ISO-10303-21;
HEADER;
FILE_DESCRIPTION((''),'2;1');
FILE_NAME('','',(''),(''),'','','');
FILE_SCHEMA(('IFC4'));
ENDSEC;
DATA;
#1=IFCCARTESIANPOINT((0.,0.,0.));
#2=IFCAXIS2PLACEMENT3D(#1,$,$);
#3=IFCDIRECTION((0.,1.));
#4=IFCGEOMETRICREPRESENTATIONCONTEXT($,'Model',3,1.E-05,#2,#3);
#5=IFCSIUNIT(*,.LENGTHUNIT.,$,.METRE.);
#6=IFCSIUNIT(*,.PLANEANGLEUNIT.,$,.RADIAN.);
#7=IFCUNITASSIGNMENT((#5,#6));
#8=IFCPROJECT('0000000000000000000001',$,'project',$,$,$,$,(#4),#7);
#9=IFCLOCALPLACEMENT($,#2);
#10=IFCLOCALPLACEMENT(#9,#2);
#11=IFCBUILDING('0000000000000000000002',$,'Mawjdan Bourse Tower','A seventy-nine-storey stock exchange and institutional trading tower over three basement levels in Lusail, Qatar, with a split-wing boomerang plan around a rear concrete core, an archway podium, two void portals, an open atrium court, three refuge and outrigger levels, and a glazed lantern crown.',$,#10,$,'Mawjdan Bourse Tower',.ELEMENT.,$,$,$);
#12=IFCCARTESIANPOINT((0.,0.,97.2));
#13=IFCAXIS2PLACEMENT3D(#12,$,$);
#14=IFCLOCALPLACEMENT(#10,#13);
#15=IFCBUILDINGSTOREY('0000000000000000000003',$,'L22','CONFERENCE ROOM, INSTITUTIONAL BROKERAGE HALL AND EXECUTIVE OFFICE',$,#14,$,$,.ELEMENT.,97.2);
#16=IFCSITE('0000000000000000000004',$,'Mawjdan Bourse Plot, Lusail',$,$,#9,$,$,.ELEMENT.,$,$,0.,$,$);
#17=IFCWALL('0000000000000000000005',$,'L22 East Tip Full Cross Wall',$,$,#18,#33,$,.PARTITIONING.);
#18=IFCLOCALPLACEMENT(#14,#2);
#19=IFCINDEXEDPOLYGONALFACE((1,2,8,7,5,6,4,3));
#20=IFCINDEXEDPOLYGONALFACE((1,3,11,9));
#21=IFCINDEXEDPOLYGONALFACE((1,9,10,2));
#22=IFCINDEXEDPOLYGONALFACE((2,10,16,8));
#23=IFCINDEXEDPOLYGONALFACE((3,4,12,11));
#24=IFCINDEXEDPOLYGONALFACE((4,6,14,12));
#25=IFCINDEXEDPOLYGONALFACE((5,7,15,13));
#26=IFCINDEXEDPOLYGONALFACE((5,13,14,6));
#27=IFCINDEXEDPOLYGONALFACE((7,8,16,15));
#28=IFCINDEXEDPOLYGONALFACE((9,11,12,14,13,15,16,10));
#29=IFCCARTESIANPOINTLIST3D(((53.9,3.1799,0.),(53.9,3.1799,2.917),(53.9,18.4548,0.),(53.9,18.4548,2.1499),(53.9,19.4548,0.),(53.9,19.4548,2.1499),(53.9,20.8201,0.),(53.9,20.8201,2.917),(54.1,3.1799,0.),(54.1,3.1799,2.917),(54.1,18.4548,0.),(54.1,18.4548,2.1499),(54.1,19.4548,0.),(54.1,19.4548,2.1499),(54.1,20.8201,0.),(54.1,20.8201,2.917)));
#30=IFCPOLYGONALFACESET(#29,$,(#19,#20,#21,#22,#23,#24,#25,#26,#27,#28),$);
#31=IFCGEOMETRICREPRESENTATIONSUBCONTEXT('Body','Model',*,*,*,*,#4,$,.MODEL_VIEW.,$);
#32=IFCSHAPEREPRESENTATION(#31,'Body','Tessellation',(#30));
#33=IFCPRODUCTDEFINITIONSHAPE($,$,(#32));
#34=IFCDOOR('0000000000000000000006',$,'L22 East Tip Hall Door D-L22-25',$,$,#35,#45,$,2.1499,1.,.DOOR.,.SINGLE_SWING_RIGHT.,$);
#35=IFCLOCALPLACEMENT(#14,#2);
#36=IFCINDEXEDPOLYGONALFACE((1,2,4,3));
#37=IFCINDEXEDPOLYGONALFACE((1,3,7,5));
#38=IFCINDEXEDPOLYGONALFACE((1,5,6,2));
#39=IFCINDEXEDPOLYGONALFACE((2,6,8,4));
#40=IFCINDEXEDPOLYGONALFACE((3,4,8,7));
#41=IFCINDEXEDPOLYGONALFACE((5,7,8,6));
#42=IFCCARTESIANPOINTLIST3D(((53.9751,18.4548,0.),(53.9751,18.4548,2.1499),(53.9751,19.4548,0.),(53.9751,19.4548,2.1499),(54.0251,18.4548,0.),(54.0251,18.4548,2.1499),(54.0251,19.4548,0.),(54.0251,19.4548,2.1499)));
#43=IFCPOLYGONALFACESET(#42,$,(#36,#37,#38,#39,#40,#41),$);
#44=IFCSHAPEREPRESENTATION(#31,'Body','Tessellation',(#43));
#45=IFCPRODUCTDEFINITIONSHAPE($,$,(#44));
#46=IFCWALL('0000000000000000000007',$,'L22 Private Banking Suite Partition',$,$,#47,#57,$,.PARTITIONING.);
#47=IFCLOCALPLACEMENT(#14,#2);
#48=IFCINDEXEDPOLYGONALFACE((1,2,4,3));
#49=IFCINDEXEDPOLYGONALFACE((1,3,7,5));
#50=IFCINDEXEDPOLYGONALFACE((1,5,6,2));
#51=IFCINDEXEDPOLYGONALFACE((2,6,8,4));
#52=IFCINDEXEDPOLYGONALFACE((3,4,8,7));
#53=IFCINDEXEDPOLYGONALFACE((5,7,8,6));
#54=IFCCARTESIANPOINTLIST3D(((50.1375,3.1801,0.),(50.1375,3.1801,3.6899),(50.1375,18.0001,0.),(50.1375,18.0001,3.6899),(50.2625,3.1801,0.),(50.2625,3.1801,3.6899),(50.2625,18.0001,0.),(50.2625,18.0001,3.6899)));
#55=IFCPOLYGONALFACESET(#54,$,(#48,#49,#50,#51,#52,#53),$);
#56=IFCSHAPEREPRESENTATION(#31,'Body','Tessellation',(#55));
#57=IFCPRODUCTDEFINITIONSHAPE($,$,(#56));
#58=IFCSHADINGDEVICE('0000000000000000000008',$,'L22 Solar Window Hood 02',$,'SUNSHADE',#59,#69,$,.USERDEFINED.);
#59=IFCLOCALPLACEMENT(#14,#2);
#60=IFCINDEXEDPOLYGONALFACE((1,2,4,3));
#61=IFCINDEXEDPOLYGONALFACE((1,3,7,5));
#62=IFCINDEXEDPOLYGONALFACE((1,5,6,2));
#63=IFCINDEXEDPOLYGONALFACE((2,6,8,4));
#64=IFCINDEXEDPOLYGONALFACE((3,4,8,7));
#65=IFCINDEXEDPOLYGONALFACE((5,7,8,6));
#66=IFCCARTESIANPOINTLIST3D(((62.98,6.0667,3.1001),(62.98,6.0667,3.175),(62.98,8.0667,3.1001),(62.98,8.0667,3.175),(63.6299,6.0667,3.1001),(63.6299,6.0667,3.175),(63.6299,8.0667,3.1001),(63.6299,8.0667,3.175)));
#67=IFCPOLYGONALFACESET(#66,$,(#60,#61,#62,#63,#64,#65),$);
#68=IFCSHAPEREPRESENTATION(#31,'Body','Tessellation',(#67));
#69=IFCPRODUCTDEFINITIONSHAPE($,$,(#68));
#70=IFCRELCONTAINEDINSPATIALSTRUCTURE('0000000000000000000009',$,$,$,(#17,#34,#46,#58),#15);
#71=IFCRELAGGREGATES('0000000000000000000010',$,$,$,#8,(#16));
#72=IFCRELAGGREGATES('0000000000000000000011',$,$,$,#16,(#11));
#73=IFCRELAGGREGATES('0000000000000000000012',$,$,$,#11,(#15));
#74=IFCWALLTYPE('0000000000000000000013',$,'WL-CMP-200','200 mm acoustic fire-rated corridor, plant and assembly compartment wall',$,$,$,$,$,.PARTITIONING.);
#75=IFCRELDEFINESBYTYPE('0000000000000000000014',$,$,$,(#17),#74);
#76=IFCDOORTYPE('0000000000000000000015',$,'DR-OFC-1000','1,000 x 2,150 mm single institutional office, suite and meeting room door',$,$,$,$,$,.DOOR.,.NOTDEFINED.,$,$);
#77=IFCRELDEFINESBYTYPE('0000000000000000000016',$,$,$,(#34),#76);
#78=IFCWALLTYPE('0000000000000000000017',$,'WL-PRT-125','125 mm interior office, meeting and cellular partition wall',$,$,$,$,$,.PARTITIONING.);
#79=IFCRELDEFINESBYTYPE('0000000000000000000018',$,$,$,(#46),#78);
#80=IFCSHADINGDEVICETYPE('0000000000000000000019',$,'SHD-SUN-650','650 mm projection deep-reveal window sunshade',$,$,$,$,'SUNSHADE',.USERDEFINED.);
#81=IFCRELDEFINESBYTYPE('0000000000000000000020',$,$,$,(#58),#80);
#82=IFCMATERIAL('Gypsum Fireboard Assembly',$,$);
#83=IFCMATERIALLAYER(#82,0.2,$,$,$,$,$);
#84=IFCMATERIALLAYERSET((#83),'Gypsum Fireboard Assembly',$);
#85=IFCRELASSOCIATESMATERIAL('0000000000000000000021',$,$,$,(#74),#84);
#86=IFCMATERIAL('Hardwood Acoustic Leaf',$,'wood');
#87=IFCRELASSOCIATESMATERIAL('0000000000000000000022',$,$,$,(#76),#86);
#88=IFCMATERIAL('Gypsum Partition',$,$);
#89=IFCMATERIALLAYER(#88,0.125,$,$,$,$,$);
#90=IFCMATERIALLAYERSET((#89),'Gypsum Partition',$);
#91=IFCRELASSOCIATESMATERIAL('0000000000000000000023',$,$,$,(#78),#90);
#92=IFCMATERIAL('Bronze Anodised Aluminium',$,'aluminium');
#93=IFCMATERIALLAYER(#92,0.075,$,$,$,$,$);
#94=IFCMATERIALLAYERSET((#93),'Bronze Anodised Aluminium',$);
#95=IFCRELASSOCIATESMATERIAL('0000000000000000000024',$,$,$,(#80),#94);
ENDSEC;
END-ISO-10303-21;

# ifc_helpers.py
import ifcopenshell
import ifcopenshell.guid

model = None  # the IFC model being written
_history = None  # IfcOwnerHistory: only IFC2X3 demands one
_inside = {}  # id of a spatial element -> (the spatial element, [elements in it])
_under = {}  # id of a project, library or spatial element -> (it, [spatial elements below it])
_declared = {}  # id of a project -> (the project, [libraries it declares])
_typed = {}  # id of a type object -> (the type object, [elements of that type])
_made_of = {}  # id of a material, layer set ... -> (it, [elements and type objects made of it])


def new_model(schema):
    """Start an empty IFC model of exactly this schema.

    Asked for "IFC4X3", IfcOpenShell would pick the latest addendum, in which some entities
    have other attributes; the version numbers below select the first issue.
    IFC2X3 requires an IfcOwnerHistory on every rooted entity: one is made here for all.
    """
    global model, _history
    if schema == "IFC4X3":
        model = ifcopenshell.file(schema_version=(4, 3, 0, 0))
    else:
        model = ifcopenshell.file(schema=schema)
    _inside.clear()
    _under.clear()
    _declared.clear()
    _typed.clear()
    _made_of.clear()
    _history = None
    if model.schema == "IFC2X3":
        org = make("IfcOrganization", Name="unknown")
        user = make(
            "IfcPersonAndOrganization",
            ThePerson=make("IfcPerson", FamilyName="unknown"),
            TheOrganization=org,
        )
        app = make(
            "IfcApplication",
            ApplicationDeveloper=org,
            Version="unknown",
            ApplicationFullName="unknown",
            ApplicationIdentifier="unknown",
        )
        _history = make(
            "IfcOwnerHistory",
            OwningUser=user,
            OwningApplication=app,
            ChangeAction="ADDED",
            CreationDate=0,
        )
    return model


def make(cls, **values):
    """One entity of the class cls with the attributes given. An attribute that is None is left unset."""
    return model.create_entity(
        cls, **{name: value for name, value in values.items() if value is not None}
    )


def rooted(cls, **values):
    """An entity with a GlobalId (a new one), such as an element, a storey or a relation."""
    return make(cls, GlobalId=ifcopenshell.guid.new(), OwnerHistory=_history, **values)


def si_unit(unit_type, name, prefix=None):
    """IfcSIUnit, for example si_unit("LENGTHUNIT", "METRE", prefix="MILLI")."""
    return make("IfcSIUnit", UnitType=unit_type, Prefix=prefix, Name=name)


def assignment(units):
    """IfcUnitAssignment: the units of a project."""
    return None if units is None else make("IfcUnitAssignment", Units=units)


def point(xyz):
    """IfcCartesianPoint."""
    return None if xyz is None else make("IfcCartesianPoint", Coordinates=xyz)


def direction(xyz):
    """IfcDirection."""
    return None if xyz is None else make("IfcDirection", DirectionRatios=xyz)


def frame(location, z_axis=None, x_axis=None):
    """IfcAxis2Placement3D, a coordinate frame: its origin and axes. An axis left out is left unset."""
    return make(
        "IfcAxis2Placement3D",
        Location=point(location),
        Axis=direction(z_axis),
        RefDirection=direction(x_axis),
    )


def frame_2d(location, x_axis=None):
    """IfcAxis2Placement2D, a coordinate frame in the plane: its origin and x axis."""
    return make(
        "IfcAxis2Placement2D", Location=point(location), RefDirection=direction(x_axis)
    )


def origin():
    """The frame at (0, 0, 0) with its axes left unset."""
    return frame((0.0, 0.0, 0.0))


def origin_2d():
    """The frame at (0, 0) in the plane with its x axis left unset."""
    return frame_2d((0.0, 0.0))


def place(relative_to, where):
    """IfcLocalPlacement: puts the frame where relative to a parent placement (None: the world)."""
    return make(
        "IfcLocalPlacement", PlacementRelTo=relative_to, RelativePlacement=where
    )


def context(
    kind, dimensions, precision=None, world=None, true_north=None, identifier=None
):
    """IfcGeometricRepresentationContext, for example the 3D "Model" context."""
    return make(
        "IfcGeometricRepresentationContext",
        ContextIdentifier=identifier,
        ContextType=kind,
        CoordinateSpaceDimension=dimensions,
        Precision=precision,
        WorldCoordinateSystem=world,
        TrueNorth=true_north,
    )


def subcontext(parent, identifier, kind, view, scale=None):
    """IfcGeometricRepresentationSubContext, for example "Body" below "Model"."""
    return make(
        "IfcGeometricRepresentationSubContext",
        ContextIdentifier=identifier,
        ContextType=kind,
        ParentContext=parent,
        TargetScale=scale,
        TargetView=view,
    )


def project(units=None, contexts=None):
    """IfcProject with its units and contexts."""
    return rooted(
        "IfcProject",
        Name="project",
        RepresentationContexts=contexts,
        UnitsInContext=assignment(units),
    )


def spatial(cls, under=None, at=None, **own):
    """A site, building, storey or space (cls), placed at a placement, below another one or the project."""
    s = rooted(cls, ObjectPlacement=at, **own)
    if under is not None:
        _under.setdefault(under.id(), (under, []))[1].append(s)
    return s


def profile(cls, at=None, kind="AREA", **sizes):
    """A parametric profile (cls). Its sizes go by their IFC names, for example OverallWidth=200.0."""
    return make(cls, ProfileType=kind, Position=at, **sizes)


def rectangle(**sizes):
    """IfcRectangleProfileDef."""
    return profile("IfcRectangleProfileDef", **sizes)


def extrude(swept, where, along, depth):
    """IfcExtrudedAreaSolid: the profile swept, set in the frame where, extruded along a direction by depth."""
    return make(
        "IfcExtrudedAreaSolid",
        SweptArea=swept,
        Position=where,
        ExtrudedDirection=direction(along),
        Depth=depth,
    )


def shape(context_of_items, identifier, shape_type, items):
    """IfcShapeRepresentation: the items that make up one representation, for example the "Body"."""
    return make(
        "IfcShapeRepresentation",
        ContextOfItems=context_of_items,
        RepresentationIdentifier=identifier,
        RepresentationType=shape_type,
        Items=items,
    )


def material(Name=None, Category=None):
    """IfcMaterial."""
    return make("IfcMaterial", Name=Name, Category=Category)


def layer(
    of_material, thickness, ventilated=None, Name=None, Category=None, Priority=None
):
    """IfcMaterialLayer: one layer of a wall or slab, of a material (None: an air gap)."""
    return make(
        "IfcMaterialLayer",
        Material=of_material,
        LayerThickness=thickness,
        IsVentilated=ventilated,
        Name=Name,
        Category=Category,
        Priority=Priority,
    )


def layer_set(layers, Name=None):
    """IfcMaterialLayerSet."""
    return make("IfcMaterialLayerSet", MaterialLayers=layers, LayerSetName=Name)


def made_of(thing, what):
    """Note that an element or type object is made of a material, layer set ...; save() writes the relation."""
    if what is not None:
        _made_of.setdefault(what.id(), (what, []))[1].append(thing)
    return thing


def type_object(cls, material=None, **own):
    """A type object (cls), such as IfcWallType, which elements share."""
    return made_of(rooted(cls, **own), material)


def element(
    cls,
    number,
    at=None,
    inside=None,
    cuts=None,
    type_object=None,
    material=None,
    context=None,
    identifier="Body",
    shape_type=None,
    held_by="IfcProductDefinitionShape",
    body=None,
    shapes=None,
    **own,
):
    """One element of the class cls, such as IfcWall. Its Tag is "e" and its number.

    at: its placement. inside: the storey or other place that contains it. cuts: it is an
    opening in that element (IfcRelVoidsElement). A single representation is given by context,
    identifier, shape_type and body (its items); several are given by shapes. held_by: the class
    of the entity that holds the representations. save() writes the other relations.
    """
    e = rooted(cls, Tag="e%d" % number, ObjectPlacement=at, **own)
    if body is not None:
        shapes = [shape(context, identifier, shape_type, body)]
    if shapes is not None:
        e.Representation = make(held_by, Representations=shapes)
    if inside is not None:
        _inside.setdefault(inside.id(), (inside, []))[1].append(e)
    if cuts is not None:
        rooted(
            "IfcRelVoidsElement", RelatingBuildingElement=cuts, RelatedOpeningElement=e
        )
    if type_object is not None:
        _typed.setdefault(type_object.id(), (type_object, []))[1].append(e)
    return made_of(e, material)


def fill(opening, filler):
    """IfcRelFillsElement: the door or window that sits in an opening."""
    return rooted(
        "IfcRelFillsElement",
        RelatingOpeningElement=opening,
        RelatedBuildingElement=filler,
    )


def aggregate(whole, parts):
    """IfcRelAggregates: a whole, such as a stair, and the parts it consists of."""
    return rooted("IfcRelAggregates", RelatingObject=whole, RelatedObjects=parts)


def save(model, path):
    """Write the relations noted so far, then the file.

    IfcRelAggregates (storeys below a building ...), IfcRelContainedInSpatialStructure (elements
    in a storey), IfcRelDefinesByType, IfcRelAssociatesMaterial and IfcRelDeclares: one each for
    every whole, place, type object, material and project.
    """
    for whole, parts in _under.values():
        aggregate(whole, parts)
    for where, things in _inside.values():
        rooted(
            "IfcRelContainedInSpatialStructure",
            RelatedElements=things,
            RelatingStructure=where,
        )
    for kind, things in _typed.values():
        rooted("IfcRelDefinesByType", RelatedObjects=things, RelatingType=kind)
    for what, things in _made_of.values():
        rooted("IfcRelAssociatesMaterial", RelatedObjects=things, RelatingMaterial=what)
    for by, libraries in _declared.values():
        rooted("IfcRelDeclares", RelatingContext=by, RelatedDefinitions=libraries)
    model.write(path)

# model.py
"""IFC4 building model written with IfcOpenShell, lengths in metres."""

from ifc_helpers import new_model, si_unit, direction, frame, frame_2d, origin, origin_2d, place, context, subcontext, project, spatial, rectangle, extrude, material, layer, layer_set, type_object, element, fill, save


model = new_model("IFC4")

# Units and contexts
model_context = context("Model", 3, precision=1e-05, world=origin(), true_north=direction((0.0, 1.0)))
body_context = subcontext(model_context, "Body", "Model", "MODEL_VIEW")
ifc_project = project(units=[si_unit("LENGTHUNIT", "METRE"), si_unit("PLANEANGLEUNIT", "RADIAN")], contexts=[model_context])

# Site, building, storey
site_placement = place(None, origin())
site = spatial("IfcSite", under=ifc_project, at=site_placement, Name="Mawjdan Bourse Plot, Lusail", CompositionType="ELEMENT", RefElevation=0.0)
building_placement = place(site_placement, origin())
building = spatial("IfcBuilding", under=site, at=building_placement, Name="Mawjdan Bourse Tower", Description="A seventy-nine-storey stock exchange and institutional trading tower over three basement levels in Lusail, Qatar, with a split-wing boomerang plan around a rear concrete core, an archway podium, two void portals, an open atrium court, three refuge and outrigger levels, and a glazed lantern crown.", LongName="Mawjdan Bourse Tower", CompositionType="ELEMENT")
storey_placement = place(building_placement, frame((0.0, 0.0, 97.2)))
storey = spatial("IfcBuildingStorey", under=building, at=storey_placement, Name="L22", Description="CONFERENCE ROOM, INSTITUTIONAL BROKERAGE HALL AND EXECUTIVE OFFICE", CompositionType="ELEMENT", Elevation=97.2)

# Wall, opening, door
ifc_material_1 = material(Name="Gypsum Fireboard Assembly")
ifc_layer_1 = layer(ifc_material_1, 0.2)
ifc_layer_set_1 = layer_set([ifc_layer_1], Name="Gypsum Fireboard Assembly")
wall_type_1 = type_object("IfcWallType", Name="WL-CMP-200", Description="200 mm acoustic fire-rated corridor, plant and assembly compartment wall", PredefinedType="PARTITIONING", material=ifc_layer_set_1)
wall_1_placement = place(storey_placement, frame((54.0, 3.1799, 0.0), z_axis=(0.0, 0.0, 1.0), x_axis=(0.0, 1.0, 0.0)))
wall_1 = element("IfcWall", 1, at=wall_1_placement, inside=storey, type_object=wall_type_1, Name="L22 East Tip Full Cross Wall", PredefinedType="PARTITIONING", context=body_context, shape_type="SweptSolid", body=[
    extrude(rectangle(XDim=17.6401, YDim=0.2, at=frame_2d((8.8201, 0.0))), origin(), (0.0, 0.0, 1.0), 2.917),
])
opening_1_placement = place(wall_1_placement, frame((15.2749, 0.0, 0.0)))
opening_1 = element("IfcOpeningElement", 2, at=opening_1_placement, cuts=wall_1, PredefinedType="OPENING", context=body_context, shape_type="SweptSolid", body=[
    extrude(rectangle(XDim=1.0, YDim=2.1499, at=frame_2d((0.5, 1.075))), frame((0.0, 0.1099, 0.0), z_axis=(0.0, -1.0, 0.0), x_axis=(1.0, 0.0, 0.0)), (0.0, 0.0, 1.0), 0.22),
])
ifc_material_2 = material(Name="Hardwood Acoustic Leaf", Category="wood")
door_type = type_object("IfcDoorType", Name="DR-OFC-1000", Description="1,000 x 2,150 mm single institutional office, suite and meeting room door", OperationType="NOTDEFINED", PredefinedType="DOOR", material=ifc_material_2)
door_placement = place(opening_1_placement, origin())
door = element("IfcDoor", 3, at=door_placement, inside=storey, type_object=door_type, Name="L22 East Tip Hall Door D-L22-25", OperationType="SINGLE_SWING_RIGHT", OverallHeight=2.1499, OverallWidth=1.0, PredefinedType="DOOR", context=body_context, shape_type="SweptSolid", body=[
    extrude(rectangle(XDim=1.0, YDim=2.1499, at=frame_2d((0.5, 1.075))), frame((0.0, 0.0249, 0.0), z_axis=(0.0, -1.0, 0.0), x_axis=(1.0, 0.0, 0.0)), (0.0, 0.0, 1.0), 0.05),
])
fill(opening_1, door)

# Wall
ifc_material_3 = material(Name="Gypsum Partition")
ifc_layer_2 = layer(ifc_material_3, 0.125)
ifc_layer_set_2 = layer_set([ifc_layer_2], Name="Gypsum Partition")
wall_type_2 = type_object("IfcWallType", Name="WL-PRT-125", Description="125 mm interior office, meeting and cellular partition wall", PredefinedType="PARTITIONING", material=ifc_layer_set_2)
wall_2_placement = place(storey_placement, frame((50.2, 3.1799, 0.0), z_axis=(0.0, 0.0, 1.0), x_axis=(0.0, 1.0, 0.0)))
element("IfcWall", 4, at=wall_2_placement, inside=storey, type_object=wall_type_2, Name="L22 Private Banking Suite Partition", PredefinedType="PARTITIONING", context=body_context, shape_type="SweptSolid", body=[
    extrude(rectangle(XDim=14.8201, YDim=0.125, at=frame_2d((7.4102, 0.0))), origin(), (0.0, 0.0, 1.0), 3.6899),
])

# Shading device
ifc_material_4 = material(Name="Bronze Anodised Aluminium", Category="aluminium")
ifc_layer_3 = layer(ifc_material_4, 0.075)
ifc_layer_set_3 = layer_set([ifc_layer_3], Name="Bronze Anodised Aluminium")
shading_device_type = type_object("IfcShadingDeviceType", Name="SHD-SUN-650", Description="650 mm projection deep-reveal window sunshade", ElementType="SUNSHADE", PredefinedType="USERDEFINED", material=ifc_layer_set_3)
shading_device_placement = place(storey_placement, frame((63.3049, 7.0667, 3.1001), z_axis=(0.0, 0.0, 1.0), x_axis=(0.0, 1.0, 0.0)))
element("IfcShadingDevice", 5, at=shading_device_placement, inside=storey, type_object=shading_device_type, Name="L22 Solar Window Hood 02", ObjectType="SUNSHADE", PredefinedType="USERDEFINED", context=body_context, shape_type="SweptSolid", body=[
    extrude(rectangle(XDim=2.0, YDim=0.6499, at=origin_2d()), origin(), (0.0, 0.0, 1.0), 0.075),
])

save(model, "model.ifc")
